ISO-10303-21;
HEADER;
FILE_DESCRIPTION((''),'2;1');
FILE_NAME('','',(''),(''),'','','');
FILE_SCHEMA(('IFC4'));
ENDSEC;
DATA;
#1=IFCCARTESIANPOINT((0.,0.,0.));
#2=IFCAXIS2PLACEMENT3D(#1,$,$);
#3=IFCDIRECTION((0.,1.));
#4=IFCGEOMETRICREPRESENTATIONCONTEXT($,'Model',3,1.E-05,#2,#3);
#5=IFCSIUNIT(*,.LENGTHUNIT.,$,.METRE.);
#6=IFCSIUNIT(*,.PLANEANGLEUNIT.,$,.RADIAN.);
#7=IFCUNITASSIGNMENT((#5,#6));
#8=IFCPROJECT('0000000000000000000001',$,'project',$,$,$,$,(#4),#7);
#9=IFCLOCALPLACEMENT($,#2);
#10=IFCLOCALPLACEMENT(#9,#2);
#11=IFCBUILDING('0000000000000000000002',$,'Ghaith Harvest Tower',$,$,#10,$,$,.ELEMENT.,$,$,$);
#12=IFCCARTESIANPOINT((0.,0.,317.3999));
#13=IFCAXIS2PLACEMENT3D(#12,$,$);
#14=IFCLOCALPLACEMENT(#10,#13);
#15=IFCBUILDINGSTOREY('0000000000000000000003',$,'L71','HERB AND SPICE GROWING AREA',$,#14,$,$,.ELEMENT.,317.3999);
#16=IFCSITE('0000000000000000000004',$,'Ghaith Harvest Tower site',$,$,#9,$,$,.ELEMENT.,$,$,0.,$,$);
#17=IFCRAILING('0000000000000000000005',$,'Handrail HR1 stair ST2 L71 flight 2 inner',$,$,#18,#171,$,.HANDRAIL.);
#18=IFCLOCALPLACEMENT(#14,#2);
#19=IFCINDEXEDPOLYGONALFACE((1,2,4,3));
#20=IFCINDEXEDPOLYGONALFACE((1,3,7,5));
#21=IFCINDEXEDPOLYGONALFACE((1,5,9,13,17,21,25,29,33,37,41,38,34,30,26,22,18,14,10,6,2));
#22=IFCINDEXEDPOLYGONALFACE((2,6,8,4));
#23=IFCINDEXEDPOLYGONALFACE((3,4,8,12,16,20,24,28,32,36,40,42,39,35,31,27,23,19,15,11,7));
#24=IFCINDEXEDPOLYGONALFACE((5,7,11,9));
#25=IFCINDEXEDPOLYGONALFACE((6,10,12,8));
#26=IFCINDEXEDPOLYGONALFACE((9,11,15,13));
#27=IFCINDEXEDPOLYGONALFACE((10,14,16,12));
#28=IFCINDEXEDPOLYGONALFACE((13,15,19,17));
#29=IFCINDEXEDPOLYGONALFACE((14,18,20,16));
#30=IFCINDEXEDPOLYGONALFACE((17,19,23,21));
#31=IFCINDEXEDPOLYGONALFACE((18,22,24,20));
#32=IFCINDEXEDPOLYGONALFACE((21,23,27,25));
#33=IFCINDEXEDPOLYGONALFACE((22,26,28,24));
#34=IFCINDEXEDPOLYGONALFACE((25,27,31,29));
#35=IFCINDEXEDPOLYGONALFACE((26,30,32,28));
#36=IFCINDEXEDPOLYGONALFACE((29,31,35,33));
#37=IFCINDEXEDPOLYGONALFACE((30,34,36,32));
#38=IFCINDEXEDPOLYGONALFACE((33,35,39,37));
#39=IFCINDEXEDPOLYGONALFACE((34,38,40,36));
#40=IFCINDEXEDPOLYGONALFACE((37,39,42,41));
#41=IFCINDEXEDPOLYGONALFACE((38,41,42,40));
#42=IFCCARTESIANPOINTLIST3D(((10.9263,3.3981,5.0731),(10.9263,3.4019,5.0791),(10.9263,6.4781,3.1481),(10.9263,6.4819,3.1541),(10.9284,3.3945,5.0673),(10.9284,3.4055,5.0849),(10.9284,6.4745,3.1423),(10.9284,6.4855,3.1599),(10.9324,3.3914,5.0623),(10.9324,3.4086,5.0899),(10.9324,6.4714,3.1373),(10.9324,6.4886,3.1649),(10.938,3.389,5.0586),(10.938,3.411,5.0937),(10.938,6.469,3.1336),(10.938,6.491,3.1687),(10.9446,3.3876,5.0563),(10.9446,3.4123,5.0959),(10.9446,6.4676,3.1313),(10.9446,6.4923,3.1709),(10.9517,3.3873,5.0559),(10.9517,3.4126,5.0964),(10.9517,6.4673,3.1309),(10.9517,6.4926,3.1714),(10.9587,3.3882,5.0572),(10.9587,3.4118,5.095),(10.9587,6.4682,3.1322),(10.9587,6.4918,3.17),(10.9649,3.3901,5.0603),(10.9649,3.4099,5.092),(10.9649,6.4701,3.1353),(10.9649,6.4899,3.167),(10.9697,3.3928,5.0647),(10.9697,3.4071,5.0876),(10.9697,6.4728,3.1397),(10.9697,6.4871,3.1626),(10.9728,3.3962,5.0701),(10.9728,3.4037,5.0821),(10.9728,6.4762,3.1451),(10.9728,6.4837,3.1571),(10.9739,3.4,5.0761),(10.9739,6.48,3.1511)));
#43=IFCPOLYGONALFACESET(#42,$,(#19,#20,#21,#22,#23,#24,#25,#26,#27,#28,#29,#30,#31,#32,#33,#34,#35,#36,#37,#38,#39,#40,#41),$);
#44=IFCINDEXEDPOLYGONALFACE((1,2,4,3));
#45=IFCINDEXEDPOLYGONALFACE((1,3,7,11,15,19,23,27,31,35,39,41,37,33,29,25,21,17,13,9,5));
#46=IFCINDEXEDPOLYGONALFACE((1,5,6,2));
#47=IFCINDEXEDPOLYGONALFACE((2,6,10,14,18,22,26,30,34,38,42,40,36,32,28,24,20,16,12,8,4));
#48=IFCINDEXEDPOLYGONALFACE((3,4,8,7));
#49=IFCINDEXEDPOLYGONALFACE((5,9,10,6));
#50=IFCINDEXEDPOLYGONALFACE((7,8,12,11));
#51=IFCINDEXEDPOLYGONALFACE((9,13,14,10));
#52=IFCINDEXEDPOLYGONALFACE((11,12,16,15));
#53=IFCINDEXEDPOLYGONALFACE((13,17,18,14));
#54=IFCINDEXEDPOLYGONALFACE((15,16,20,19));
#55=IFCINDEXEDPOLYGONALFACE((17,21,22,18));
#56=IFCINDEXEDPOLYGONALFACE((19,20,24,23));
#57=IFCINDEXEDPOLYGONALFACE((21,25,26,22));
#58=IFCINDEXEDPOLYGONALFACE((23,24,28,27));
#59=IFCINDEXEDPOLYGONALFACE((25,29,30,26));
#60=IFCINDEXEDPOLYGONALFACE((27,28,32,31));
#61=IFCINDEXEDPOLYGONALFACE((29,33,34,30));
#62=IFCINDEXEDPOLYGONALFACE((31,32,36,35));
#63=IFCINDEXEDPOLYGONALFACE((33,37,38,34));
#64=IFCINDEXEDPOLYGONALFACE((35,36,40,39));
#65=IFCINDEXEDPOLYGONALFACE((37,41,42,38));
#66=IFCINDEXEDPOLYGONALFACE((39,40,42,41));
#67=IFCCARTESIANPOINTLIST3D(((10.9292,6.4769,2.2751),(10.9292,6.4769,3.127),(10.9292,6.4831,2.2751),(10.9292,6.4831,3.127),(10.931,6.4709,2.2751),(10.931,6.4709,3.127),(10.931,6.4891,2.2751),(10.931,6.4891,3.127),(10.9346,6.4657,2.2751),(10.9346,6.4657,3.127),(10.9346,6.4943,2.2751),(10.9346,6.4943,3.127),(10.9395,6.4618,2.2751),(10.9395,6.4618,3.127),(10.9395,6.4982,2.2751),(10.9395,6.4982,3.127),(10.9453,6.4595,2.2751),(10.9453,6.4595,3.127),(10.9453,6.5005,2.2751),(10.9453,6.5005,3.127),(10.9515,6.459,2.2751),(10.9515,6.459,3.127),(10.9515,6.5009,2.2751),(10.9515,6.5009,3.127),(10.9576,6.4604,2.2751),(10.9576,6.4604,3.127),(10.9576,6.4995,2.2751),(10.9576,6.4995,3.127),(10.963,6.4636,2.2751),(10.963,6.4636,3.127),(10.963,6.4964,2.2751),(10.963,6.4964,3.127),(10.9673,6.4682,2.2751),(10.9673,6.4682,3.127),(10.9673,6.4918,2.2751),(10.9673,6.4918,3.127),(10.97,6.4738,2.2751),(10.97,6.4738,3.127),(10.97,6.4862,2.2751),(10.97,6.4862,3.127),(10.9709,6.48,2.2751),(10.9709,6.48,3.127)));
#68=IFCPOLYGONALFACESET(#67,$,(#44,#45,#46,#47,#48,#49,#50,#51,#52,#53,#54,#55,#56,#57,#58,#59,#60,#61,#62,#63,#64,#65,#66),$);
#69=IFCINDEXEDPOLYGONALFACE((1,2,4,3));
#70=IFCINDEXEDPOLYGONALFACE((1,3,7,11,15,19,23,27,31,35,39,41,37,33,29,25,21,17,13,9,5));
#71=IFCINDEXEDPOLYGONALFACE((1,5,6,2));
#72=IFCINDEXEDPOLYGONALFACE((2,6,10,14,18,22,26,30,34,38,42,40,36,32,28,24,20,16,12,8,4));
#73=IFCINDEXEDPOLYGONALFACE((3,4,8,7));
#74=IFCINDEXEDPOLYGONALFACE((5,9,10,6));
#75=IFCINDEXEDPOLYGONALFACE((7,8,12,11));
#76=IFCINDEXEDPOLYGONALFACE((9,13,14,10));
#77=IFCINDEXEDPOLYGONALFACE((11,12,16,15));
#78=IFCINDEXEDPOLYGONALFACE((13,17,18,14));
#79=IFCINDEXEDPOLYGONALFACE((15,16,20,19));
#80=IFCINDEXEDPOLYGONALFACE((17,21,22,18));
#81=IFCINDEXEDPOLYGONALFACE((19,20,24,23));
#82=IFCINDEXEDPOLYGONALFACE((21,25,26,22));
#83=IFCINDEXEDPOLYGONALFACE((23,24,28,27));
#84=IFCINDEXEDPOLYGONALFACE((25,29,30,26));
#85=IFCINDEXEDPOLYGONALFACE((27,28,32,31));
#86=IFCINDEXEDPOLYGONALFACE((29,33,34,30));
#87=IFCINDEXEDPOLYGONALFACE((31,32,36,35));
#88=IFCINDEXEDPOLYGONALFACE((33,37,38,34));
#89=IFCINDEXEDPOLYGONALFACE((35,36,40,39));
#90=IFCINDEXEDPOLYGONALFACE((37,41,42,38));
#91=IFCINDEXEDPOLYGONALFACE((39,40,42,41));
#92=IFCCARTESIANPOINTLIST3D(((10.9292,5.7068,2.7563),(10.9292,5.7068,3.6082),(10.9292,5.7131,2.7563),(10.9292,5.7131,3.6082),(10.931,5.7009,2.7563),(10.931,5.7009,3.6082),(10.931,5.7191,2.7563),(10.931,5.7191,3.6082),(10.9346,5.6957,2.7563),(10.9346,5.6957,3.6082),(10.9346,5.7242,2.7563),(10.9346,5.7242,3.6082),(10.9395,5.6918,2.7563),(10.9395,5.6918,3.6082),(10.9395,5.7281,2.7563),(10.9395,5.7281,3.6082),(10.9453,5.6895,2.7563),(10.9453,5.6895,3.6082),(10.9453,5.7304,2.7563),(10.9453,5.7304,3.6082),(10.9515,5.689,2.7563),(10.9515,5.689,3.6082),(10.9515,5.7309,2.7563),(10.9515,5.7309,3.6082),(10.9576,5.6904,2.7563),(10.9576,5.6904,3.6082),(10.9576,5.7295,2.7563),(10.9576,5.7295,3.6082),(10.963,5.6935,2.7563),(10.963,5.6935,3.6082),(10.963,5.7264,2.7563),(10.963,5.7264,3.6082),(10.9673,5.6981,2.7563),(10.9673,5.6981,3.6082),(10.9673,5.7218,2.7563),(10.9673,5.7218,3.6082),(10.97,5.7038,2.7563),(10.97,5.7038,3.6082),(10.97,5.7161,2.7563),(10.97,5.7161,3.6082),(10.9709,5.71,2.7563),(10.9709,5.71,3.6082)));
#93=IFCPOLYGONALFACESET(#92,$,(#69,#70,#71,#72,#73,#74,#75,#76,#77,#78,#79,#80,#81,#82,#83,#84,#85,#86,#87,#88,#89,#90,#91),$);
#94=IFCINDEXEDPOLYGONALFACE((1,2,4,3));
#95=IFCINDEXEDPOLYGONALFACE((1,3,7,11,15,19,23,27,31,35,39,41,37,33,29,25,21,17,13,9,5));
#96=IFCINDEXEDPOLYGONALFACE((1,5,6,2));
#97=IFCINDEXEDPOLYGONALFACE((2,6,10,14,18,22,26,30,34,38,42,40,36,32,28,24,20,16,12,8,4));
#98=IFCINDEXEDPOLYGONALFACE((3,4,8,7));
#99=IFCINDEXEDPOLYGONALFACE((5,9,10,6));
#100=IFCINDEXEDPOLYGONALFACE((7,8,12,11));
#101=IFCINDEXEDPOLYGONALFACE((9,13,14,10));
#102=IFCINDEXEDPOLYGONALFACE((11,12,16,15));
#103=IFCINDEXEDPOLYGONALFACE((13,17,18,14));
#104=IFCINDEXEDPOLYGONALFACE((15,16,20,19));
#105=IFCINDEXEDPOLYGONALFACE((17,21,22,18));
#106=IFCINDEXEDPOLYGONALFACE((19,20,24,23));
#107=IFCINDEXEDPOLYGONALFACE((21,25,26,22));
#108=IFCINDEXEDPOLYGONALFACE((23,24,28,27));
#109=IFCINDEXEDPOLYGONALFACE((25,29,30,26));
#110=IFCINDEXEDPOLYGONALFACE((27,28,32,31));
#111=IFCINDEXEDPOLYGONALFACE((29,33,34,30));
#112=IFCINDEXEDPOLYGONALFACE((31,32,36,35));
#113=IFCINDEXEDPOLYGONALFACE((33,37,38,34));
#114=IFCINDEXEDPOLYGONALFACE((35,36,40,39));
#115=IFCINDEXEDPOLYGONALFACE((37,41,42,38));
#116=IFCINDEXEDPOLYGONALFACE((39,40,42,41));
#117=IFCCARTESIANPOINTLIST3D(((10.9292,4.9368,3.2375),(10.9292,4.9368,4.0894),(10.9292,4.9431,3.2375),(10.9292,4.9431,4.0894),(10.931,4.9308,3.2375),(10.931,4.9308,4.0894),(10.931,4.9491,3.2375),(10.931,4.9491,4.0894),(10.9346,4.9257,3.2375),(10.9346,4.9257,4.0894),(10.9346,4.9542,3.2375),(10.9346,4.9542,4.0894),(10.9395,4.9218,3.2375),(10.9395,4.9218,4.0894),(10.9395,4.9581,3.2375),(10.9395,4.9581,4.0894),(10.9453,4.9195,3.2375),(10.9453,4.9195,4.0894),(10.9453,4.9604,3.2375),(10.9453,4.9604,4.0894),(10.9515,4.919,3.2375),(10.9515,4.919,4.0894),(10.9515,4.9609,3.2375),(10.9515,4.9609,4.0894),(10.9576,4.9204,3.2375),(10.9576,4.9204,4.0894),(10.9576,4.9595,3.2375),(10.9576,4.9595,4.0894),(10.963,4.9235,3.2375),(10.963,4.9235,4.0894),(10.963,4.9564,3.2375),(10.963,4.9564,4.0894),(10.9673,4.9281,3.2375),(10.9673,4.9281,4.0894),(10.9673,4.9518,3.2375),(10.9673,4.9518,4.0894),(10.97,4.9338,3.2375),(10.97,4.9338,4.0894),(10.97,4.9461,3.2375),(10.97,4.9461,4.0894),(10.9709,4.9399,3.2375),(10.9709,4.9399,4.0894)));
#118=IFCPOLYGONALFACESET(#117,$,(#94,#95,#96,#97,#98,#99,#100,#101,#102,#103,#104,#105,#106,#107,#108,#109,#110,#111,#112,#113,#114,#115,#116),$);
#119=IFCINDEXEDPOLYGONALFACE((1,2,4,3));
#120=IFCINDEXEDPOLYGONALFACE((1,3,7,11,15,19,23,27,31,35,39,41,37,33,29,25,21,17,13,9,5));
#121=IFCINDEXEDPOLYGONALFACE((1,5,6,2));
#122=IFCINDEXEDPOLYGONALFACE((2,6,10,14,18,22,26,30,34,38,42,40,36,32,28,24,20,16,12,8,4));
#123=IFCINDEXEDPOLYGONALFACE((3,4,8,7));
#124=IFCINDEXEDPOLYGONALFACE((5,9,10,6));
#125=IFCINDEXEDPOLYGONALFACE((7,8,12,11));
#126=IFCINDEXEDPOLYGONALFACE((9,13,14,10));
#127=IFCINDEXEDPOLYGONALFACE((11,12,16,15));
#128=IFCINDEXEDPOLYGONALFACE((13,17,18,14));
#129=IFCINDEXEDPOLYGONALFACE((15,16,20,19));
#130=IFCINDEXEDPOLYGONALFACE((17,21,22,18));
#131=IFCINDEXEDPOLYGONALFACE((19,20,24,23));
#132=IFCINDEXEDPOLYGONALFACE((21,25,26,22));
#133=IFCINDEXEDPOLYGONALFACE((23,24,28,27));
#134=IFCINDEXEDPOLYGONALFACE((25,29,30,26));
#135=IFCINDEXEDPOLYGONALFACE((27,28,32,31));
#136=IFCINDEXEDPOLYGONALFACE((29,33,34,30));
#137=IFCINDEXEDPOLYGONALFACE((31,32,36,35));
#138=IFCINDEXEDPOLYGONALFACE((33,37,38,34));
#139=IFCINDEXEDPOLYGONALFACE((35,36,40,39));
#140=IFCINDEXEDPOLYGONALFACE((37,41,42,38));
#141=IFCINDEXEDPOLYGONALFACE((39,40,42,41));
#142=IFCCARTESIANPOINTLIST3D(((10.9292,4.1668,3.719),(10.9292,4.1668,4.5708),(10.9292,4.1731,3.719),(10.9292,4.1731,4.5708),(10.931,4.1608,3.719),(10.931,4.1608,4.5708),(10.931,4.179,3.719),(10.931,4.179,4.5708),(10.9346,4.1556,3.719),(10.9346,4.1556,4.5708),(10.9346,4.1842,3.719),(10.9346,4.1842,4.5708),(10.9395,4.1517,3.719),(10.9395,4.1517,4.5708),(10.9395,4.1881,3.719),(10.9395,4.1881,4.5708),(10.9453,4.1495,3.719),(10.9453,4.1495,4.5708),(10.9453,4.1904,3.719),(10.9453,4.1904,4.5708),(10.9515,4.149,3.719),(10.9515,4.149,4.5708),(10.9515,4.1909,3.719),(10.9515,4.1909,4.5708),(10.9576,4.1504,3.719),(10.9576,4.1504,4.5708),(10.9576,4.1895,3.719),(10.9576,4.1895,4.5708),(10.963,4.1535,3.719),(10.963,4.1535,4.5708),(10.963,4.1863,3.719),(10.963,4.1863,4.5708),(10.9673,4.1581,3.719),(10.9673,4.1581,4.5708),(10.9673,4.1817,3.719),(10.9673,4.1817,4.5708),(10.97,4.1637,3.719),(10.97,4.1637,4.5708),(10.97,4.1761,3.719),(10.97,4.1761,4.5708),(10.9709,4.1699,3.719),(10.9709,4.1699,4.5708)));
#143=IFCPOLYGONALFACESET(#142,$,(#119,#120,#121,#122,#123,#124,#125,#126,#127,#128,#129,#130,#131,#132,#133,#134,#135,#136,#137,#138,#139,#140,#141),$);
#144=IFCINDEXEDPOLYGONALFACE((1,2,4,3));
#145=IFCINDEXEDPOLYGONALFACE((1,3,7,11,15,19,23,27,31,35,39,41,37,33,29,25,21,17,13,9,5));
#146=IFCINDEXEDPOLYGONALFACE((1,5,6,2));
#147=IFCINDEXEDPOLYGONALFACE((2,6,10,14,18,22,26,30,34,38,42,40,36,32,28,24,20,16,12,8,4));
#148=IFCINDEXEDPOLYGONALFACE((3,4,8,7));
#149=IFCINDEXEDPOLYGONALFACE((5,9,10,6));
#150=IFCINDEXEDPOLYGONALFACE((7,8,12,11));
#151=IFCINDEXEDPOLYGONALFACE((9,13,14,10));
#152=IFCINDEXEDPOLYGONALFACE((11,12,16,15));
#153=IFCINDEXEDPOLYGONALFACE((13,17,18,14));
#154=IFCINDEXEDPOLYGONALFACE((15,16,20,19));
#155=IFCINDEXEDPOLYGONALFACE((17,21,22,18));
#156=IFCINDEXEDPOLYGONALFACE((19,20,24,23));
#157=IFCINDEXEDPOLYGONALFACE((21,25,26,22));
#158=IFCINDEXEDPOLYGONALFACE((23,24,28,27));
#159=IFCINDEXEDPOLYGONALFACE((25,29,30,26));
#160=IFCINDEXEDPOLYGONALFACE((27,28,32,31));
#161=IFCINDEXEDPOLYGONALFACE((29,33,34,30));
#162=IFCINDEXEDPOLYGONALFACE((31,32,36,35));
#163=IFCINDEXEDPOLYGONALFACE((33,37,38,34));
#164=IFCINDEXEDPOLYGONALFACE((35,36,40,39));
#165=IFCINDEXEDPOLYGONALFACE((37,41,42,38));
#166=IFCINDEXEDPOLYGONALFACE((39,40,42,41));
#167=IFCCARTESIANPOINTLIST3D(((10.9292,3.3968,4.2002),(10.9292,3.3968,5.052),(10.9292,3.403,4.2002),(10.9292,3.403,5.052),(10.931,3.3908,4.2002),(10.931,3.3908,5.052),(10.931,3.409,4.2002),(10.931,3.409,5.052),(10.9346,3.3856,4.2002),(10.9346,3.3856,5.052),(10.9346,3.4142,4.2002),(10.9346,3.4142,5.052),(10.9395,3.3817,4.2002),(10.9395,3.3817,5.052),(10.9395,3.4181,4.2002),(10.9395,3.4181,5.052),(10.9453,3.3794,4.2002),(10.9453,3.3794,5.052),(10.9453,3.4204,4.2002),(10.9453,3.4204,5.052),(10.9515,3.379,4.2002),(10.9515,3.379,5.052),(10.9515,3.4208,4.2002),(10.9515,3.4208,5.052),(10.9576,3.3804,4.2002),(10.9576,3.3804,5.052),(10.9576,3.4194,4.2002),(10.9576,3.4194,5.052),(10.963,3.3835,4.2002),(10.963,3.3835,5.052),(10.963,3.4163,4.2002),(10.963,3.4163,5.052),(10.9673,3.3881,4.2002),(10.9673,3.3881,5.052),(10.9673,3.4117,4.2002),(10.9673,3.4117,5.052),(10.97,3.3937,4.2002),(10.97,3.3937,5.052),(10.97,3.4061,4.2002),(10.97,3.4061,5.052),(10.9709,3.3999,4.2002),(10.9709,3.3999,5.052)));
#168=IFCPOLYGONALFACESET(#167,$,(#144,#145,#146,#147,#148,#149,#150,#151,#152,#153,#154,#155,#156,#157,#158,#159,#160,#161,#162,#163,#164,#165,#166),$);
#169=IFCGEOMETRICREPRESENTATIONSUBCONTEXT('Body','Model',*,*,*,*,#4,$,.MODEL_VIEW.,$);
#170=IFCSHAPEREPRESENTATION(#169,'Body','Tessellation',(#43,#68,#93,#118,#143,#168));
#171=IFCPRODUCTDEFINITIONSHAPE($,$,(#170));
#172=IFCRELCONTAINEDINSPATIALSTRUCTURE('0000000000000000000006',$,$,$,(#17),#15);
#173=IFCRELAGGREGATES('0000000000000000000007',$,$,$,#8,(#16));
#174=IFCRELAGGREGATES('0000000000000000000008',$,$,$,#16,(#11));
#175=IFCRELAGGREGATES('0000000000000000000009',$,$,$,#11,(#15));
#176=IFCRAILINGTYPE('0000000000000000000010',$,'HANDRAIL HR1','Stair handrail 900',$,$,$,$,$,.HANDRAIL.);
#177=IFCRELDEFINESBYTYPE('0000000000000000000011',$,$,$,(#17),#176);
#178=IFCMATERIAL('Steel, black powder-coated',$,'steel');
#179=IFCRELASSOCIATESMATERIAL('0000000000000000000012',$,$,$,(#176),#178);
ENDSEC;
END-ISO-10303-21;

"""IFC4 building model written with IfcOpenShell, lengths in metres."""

from ifc_helpers import new_model, si_unit, direction, frame, origin, origin_2d, place, context, subcontext, project, spatial, circle, extrude, material, type_object, element, save


model = new_model("IFC4")

# Units and contexts
model_context = context("Model", 3, precision=1e-05, world=origin(), true_north=direction((0.0, 1.0)))
body_context = subcontext(model_context, "Body", "Model", "MODEL_VIEW")
ifc_project = project(units=[si_unit("LENGTHUNIT", "METRE"), si_unit("PLANEANGLEUNIT", "RADIAN")], contexts=[model_context])

# Site, building, storey
site_placement = place(None, origin())
site = spatial("IfcSite", under=ifc_project, at=site_placement, Name="Ghaith Harvest Tower site", CompositionType="ELEMENT", RefElevation=0.0)
building_placement = place(site_placement, origin())
building = spatial("IfcBuilding", under=site, at=building_placement, Name="Ghaith Harvest Tower", CompositionType="ELEMENT")
storey_placement = place(building_placement, frame((0.0, 0.0, 317.3999)))
storey = spatial("IfcBuildingStorey", under=building, at=storey_placement, Name="L71", Description="HERB AND SPICE GROWING AREA", CompositionType="ELEMENT", Elevation=317.3999)

# Railing
ifc_material_1 = material(Name="Steel, black powder-coated", Category="steel")
railing_type = type_object("IfcRailingType", Name="HANDRAIL HR1", Description="Stair handrail 900", PredefinedType="HANDRAIL", material=ifc_material_1)
railing_1_placement = place(storey_placement, frame((10.95, 6.48, 2.2751)))
element("IfcRailing", 1, at=railing_1_placement, inside=storey, type_object=railing_type, Name="Handrail HR1 stair ST2 L71 flight 2 inner", PredefinedType="HANDRAIL", context=body_context, shape_type="SweptSolid", body=[
    extrude(circle(Radius=0.0239, at=origin_2d()), frame((0.0, 0.0, 0.876), z_axis=(0.0, -0.847998, 0.529999), x_axis=(1.0, 0.0, 0.0)), (0.0, 0.0, 1.0), 3.6321),
    extrude(circle(Radius=0.021, at=origin_2d()), origin(), (0.0, 0.0, 1.0), 0.8518),
    extrude(circle(Radius=0.021, at=origin_2d()), frame((0.0, -0.77, 0.4812)), (0.0, 0.0, 1.0), 0.8518),
    extrude(circle(Radius=0.021, at=origin_2d()), frame((0.0, -1.54, 0.9624)), (0.0, 0.0, 1.0), 0.8518),
    extrude(circle(Radius=0.021, at=origin_2d()), frame((0.0, -2.3101, 1.4438)), (0.0, 0.0, 1.0), 0.8518),
    extrude(circle(Radius=0.021, at=origin_2d()), frame((0.0, -3.0801, 1.925)), (0.0, 0.0, 1.0), 0.8518),
])

save(model, "model.ifc")
